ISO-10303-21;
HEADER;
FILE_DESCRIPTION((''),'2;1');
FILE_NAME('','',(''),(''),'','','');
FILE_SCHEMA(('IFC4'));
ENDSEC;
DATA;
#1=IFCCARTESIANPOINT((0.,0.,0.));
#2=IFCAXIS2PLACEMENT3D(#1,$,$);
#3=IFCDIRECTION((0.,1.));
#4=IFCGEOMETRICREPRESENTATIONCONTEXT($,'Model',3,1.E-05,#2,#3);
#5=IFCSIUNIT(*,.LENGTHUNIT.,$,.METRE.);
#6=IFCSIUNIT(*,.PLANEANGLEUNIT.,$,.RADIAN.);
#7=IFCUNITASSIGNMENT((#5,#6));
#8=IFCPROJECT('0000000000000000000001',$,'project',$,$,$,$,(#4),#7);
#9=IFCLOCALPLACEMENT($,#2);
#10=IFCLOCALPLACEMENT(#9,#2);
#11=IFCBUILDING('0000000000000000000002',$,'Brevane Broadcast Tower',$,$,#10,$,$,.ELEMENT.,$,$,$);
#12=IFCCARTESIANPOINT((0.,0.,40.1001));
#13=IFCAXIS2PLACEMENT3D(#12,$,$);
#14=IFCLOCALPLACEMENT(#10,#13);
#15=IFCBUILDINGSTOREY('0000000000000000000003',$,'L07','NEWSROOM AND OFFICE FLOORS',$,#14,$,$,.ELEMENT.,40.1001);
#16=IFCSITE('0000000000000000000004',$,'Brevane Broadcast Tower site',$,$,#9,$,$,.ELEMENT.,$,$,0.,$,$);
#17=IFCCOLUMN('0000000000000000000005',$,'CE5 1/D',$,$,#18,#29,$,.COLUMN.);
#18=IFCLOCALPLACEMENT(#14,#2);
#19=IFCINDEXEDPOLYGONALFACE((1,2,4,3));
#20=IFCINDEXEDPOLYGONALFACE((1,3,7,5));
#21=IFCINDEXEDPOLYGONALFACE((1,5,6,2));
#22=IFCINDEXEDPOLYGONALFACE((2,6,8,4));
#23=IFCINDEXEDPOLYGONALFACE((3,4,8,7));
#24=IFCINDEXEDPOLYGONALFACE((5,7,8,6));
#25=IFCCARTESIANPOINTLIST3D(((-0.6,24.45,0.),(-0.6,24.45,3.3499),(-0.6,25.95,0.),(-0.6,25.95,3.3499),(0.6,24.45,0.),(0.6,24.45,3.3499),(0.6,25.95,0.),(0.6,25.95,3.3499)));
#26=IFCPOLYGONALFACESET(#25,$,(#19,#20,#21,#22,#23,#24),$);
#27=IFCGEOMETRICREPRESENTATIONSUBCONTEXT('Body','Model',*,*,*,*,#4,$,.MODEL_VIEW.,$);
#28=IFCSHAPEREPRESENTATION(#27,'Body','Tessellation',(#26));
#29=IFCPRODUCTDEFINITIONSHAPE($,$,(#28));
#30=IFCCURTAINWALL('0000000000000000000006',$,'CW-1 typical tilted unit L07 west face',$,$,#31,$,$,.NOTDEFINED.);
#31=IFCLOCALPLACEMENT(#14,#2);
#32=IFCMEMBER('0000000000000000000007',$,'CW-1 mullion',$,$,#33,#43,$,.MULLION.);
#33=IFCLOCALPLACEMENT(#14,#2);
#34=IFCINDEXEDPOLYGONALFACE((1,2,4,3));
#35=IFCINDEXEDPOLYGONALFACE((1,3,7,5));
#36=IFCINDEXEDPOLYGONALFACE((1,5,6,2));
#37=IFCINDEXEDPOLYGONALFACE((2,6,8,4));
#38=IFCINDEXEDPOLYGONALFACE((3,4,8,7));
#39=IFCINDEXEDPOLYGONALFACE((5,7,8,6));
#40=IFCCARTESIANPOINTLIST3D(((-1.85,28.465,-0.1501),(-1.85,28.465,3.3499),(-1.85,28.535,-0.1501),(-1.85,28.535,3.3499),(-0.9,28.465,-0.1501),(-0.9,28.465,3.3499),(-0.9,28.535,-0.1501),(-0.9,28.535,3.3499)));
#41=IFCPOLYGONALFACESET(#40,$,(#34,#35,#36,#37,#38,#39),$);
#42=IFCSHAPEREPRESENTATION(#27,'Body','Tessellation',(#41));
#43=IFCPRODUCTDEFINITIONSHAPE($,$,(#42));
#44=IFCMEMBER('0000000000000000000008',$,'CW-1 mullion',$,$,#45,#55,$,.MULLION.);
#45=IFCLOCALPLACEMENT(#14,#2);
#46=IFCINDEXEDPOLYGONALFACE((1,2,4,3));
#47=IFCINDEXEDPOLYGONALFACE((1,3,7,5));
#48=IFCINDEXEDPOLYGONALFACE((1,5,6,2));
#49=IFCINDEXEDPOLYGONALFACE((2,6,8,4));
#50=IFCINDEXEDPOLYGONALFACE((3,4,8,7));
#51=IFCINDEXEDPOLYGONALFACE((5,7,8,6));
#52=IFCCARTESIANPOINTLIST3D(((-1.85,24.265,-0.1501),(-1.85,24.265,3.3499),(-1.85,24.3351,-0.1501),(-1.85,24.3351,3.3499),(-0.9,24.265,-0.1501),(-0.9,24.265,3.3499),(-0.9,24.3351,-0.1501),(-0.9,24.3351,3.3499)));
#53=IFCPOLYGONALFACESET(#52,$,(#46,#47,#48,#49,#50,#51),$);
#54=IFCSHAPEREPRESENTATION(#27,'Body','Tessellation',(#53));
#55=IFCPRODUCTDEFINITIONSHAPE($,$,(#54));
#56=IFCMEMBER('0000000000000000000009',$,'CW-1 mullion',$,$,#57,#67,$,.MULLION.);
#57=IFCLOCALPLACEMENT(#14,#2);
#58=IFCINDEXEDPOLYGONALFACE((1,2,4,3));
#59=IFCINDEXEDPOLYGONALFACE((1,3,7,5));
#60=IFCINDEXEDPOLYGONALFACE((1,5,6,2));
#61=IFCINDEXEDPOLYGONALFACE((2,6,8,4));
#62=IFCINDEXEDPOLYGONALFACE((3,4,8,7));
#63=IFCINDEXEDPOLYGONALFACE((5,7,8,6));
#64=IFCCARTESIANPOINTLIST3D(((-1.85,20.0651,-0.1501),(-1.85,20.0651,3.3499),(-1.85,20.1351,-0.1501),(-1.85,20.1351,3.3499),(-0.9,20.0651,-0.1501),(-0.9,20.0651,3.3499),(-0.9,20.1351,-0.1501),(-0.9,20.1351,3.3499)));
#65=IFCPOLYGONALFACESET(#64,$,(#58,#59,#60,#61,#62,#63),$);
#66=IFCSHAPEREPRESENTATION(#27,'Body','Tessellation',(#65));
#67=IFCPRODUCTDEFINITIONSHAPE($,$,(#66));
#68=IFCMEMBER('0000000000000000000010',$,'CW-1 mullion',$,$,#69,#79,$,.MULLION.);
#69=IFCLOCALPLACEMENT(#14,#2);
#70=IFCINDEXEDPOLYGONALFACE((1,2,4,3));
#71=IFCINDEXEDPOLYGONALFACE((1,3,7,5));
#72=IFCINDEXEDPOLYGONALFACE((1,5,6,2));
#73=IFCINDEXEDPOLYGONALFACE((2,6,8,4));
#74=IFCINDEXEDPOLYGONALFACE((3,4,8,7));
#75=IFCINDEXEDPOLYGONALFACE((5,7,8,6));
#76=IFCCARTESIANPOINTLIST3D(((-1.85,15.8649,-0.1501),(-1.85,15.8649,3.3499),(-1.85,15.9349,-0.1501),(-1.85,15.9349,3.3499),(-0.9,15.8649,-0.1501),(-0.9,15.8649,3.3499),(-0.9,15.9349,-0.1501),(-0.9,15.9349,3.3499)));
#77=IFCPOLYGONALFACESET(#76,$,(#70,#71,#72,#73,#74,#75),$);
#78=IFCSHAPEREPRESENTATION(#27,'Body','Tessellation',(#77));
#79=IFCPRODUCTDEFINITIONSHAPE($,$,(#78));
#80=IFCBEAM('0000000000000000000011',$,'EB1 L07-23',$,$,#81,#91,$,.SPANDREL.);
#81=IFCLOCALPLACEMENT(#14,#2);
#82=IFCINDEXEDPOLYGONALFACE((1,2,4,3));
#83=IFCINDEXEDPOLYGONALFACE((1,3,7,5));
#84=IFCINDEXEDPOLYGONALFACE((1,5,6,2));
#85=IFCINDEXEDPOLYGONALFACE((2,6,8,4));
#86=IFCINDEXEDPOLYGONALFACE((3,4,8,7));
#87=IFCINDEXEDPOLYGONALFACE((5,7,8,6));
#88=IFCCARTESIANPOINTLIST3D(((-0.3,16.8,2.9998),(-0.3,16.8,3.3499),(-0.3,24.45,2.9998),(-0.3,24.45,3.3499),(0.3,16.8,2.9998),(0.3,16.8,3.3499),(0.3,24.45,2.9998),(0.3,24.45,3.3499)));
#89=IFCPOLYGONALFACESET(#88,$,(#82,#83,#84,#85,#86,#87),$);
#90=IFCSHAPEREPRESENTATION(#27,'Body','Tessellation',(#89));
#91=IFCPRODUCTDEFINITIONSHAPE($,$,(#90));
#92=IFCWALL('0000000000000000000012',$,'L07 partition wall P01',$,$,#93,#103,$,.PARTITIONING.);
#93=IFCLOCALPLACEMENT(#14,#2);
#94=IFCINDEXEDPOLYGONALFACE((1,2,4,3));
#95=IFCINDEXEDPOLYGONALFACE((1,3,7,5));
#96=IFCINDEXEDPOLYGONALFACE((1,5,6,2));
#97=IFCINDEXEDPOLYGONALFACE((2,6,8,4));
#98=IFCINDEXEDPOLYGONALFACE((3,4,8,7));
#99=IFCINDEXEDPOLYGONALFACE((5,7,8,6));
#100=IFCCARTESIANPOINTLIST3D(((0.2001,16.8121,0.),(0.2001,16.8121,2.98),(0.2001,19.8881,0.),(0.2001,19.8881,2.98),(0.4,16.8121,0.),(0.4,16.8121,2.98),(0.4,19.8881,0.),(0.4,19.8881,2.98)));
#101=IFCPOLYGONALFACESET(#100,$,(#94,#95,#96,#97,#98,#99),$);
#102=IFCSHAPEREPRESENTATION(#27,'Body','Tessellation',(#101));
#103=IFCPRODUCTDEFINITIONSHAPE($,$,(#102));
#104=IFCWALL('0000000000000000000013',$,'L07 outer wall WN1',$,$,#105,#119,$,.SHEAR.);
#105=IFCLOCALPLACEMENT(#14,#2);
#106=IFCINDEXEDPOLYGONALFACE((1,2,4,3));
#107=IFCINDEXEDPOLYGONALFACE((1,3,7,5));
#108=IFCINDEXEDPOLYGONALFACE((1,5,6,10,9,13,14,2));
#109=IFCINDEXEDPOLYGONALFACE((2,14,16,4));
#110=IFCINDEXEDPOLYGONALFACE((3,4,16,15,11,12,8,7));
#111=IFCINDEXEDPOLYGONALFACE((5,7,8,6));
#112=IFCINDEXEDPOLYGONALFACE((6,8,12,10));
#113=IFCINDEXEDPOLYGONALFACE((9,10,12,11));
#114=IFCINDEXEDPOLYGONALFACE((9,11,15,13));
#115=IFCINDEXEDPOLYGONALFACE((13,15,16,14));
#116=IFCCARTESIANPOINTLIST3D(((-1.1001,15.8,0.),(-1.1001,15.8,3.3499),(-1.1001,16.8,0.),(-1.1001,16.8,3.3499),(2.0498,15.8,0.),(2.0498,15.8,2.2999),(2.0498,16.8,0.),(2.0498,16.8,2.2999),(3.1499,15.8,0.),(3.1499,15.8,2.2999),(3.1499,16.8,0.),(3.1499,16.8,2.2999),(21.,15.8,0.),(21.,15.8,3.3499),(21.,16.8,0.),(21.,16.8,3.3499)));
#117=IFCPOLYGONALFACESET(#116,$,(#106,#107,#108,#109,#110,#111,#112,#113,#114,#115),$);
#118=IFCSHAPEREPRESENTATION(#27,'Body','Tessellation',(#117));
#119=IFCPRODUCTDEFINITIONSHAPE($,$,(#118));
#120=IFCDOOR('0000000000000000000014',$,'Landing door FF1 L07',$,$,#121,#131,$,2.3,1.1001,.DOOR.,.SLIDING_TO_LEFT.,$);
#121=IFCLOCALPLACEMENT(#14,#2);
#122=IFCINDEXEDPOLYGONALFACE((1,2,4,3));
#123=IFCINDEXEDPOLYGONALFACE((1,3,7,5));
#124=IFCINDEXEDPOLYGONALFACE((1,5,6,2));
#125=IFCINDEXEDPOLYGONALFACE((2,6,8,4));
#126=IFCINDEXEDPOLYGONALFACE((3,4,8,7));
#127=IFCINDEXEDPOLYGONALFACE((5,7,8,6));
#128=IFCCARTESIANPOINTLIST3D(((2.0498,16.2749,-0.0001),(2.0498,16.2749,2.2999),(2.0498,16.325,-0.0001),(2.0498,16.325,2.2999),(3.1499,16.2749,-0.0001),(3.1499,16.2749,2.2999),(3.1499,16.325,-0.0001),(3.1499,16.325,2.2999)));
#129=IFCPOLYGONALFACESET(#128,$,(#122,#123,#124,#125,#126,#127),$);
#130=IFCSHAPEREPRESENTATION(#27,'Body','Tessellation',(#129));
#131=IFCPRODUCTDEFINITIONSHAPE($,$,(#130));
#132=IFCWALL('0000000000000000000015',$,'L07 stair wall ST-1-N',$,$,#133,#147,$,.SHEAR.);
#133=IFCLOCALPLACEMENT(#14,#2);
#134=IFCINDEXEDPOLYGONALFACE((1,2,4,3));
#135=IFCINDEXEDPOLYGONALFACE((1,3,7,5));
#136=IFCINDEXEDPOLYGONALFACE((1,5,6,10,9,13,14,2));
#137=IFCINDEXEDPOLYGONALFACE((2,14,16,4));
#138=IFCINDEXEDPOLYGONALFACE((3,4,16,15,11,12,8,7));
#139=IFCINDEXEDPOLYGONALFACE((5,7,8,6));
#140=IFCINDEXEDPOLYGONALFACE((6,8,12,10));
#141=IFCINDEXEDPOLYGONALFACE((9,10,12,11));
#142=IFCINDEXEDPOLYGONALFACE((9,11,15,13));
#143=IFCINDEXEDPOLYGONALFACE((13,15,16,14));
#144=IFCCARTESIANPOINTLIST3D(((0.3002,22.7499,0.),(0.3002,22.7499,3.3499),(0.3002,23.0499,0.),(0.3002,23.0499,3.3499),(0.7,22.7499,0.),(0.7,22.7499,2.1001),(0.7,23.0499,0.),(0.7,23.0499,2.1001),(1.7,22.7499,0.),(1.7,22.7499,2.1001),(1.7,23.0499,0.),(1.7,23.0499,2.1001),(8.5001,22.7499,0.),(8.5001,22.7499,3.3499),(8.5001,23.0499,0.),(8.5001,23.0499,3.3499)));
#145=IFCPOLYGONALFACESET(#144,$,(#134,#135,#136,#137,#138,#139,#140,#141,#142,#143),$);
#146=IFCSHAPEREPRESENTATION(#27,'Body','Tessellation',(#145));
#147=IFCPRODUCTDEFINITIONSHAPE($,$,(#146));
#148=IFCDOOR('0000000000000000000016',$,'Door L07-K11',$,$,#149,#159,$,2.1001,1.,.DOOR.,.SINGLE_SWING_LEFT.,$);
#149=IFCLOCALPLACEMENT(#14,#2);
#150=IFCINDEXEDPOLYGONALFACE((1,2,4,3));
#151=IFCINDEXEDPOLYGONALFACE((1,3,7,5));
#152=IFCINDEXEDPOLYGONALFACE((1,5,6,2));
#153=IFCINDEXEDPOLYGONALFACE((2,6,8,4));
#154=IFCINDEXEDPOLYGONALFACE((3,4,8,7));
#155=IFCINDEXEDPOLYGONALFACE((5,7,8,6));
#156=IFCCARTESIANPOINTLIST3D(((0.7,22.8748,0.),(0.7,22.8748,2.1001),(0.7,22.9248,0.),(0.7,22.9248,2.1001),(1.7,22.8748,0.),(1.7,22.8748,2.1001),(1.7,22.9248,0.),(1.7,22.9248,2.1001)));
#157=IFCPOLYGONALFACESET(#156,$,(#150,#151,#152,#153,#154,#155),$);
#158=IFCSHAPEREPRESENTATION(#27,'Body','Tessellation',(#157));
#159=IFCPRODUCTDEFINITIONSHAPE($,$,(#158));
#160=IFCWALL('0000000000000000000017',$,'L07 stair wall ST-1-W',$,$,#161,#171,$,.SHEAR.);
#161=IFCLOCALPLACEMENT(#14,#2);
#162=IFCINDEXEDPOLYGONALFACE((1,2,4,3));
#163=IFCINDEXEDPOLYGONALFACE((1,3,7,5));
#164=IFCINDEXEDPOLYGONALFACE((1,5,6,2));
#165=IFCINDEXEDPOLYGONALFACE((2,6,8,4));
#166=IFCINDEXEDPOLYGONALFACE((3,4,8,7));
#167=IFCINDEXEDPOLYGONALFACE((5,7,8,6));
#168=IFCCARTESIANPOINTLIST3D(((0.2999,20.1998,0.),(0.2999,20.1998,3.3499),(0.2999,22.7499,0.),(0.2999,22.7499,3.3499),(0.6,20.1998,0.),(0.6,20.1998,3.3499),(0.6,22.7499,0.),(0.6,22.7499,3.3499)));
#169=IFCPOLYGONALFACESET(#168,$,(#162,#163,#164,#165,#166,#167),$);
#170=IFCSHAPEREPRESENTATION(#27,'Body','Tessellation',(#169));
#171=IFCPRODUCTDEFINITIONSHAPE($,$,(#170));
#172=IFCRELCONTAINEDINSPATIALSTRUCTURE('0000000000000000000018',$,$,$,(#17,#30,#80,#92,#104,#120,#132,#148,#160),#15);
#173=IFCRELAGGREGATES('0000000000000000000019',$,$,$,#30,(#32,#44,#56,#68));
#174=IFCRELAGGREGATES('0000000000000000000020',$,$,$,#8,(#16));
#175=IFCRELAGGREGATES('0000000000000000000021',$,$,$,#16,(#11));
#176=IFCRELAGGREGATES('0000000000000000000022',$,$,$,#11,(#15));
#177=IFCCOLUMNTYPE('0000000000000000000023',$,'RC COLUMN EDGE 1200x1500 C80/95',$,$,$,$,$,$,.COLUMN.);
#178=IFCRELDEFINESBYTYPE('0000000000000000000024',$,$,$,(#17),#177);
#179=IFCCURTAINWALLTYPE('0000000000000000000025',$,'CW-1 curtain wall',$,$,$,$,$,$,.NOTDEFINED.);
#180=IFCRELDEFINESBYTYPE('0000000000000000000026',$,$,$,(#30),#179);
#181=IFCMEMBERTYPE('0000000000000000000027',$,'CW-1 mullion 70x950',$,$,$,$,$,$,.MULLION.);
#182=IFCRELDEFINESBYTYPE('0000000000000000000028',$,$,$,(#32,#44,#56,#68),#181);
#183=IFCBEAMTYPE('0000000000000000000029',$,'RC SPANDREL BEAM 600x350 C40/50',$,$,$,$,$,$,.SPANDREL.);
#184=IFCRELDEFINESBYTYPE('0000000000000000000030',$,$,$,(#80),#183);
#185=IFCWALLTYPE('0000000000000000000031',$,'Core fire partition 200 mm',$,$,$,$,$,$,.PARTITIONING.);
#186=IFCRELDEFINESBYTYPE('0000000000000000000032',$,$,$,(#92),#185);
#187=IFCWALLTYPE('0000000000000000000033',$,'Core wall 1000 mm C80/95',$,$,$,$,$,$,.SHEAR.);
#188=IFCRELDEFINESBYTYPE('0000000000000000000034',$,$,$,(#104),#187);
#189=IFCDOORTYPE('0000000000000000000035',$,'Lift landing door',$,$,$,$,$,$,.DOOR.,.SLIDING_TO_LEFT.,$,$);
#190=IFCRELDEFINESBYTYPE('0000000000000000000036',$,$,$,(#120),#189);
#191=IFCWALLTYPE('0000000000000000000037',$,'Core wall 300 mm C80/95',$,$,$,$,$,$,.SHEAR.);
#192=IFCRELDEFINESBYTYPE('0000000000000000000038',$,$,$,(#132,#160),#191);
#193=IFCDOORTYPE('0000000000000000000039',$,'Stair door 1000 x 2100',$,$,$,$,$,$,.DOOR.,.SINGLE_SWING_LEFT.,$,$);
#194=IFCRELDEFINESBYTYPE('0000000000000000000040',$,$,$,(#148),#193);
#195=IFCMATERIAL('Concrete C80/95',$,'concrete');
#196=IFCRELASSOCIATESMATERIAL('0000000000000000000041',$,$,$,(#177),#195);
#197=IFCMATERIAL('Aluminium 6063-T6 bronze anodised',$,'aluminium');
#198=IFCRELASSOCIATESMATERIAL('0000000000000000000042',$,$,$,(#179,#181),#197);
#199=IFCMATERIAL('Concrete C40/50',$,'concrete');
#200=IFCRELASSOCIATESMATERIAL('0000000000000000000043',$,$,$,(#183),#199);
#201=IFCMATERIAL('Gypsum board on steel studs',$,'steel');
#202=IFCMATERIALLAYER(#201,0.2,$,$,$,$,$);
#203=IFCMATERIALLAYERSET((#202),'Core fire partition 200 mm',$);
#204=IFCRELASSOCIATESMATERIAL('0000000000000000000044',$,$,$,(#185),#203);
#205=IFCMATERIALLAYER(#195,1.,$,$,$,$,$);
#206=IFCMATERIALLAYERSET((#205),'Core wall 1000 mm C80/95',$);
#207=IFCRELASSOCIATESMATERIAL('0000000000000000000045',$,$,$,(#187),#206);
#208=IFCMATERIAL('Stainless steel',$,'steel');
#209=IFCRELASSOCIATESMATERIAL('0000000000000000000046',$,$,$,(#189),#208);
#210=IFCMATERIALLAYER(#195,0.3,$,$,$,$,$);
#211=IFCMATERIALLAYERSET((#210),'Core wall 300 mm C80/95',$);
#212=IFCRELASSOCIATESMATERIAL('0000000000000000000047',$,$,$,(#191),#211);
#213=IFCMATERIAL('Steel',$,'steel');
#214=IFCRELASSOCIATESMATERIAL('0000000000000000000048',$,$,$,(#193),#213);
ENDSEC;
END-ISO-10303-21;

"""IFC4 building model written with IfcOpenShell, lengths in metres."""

from ifc_helpers import new_model, si_unit, direction, frame, frame_2d, origin, origin_2d, place, context, subcontext, project, spatial, rectangle, extrude, material, layer, layer_set, material_profile, profile_set, type_object, element, fill, aggregate, save


model = new_model("IFC4")

# Units and contexts
model_context = context("Model", 3, precision=1e-05, world=origin(), true_north=direction((0.0, 1.0)))
body_context = subcontext(model_context, "Body", "Model", "MODEL_VIEW")
ifc_project = project(units=[si_unit("LENGTHUNIT", "METRE"), si_unit("PLANEANGLEUNIT", "RADIAN")], contexts=[model_context])

# Site, building, storey
site_placement = place(None, origin())
site = spatial("IfcSite", under=ifc_project, at=site_placement, Name="Brevane Broadcast Tower site", CompositionType="ELEMENT", RefElevation=0.0)
building_placement = place(site_placement, origin())
building = spatial("IfcBuilding", under=site, at=building_placement, Name="Brevane Broadcast Tower", CompositionType="ELEMENT")
storey_placement = place(building_placement, frame((0.0, 0.0, 40.1001)))
storey = spatial("IfcBuildingStorey", under=building, at=storey_placement, Name="L07", Description="NEWSROOM AND OFFICE FLOORS", CompositionType="ELEMENT", Elevation=40.1001)

# Column
ifc_material_1 = material(Name="Concrete C80/95", Category="concrete")
ifc_material_profile_1 = material_profile(ifc_material_1, rectangle(XDim=1.2, YDim=1.5, at=origin_2d()), Name="RC 1200x1500")
ifc_profile_set_1 = profile_set([ifc_material_profile_1], Name="Concrete C80/95")
column_type = type_object("IfcColumnType", Name="RC COLUMN EDGE 1200x1500 C80/95", PredefinedType="COLUMN", material=ifc_profile_set_1)
column_placement = place(storey_placement, frame((0.0, 25.2, 0.0), z_axis=(0.0, 0.0, 1.0), x_axis=(1.0, 0.0, 0.0)))
element("IfcColumn", 1, at=column_placement, inside=storey, type_object=column_type, Name="CE5 1/D", PredefinedType="COLUMN", context=body_context, shape_type="SweptSolid", body=[
    extrude(rectangle(XDim=1.2, YDim=1.5, at=origin_2d()), origin(), (0.0, 0.0, 1.0), 3.3499),
])

# Curtain wall, members
ifc_material_2 = material(Name="Aluminium 6063-T6 bronze anodised", Category="aluminium")
curtain_wall_type = type_object("IfcCurtainWallType", Name="CW-1 curtain wall", PredefinedType="NOTDEFINED", material=ifc_material_2)
curtain_wall_placement = place(storey_placement, origin())
curtain_wall = element("IfcCurtainWall", 2, at=curtain_wall_placement, inside=storey, type_object=curtain_wall_type, Name="CW-1 typical tilted unit L07 west face", PredefinedType="NOTDEFINED")
ifc_material_profile_2 = material_profile(ifc_material_2, rectangle(XDim=0.95, YDim=0.0701, at=origin_2d()), Name="RECT 70x950")
ifc_profile_set_2 = profile_set([ifc_material_profile_2], Name="Aluminium 6063-T6 bronze anodised")
member_type = type_object("IfcMemberType", Name="CW-1 mullion 70x950", PredefinedType="MULLION", material=ifc_profile_set_2)
member_1_placement = place(storey_placement, frame((-1.375, 28.5, -0.1501), z_axis=(0.0, 0.0, 1.0), x_axis=(1.0, 0.0, 0.0)))
member_1 = element("IfcMember", 3, at=member_1_placement, type_object=member_type, Name="CW-1 mullion", PredefinedType="MULLION", context=body_context, shape_type="SweptSolid", body=[
    extrude(rectangle(XDim=0.95, YDim=0.0701, at=origin_2d()), origin(), (0.0, 0.0, 1.0), 3.5),
])
member_2_placement = place(storey_placement, frame((-1.375, 24.3, -0.1501), z_axis=(0.0, 0.0, 1.0), x_axis=(1.0, 0.0, 0.0)))
member_2 = element("IfcMember", 4, at=member_2_placement, type_object=member_type, Name="CW-1 mullion", PredefinedType="MULLION", context=body_context, shape_type="SweptSolid", body=[
    extrude(rectangle(XDim=0.95, YDim=0.0701, at=origin_2d()), origin(), (0.0, 0.0, 1.0), 3.5),
])
member_3_placement = place(storey_placement, frame((-1.375, 20.1001, -0.1501), z_axis=(0.0, 0.0, 1.0), x_axis=(1.0, 0.0, 0.0)))
member_3 = element("IfcMember", 5, at=member_3_placement, type_object=member_type, Name="CW-1 mullion", PredefinedType="MULLION", context=body_context, shape_type="SweptSolid", body=[
    extrude(rectangle(XDim=0.95, YDim=0.0701, at=origin_2d()), origin(), (0.0, 0.0, 1.0), 3.5),
])
member_4_placement = place(storey_placement, frame((-1.375, 15.8999, -0.1501), z_axis=(0.0, 0.0, 1.0), x_axis=(1.0, 0.0, 0.0)))
member_4 = element("IfcMember", 6, at=member_4_placement, type_object=member_type, Name="CW-1 mullion", PredefinedType="MULLION", context=body_context, shape_type="SweptSolid", body=[
    extrude(rectangle(XDim=0.95, YDim=0.0701, at=origin_2d()), origin(), (0.0, 0.0, 1.0), 3.5),
])
aggregate(curtain_wall, [member_1, member_2, member_3, member_4])

# Beam
ifc_material_3 = material(Name="Concrete C40/50", Category="concrete")
ifc_material_profile_3 = material_profile(ifc_material_3, rectangle(XDim=0.6001, YDim=0.3501, at=origin_2d()), Name="RC 600x350")
ifc_profile_set_3 = profile_set([ifc_material_profile_3], Name="Concrete C40/50")
beam_type = type_object("IfcBeamType", Name="RC SPANDREL BEAM 600x350 C40/50", PredefinedType="SPANDREL", material=ifc_profile_set_3)
beam_placement = place(storey_placement, frame((0.0, 24.45, 3.1748), z_axis=(0.0, -1.0, 0.0), x_axis=(1.0, 0.0, 0.0)))
element("IfcBeam", 7, at=beam_placement, inside=storey, type_object=beam_type, Name="EB1 L07-23", PredefinedType="SPANDREL", context=body_context, shape_type="SweptSolid", body=[
    extrude(rectangle(XDim=0.6001, YDim=0.3501, at=origin_2d()), origin(), (0.0, 0.0, 1.0), 7.6499),
])

# Wall
ifc_material_4 = material(Name="Gypsum board on steel studs", Category="steel")
ifc_layer_1 = layer(ifc_material_4, 0.2)
ifc_layer_set_1 = layer_set([ifc_layer_1], Name="Core fire partition 200 mm")
wall_type_1 = type_object("IfcWallType", Name="Core fire partition 200 mm", PredefinedType="PARTITIONING", material=ifc_layer_set_1)
wall_1_placement = place(storey_placement, frame((0.3, 16.812, 0.0), z_axis=(0.0, 0.0, 1.0), x_axis=(0.0, 1.0, 0.0)))
element("IfcWall", 8, at=wall_1_placement, inside=storey, type_object=wall_type_1, Name="L07 partition wall P01", PredefinedType="PARTITIONING", context=body_context, shape_type="SweptSolid", body=[
    extrude(rectangle(XDim=3.0759, YDim=0.2, at=frame_2d((1.5381, 0.0))), origin(), (0.0, 0.0, 1.0), 2.98),
])

# Walls, openings, doors
ifc_layer_2 = layer(ifc_material_1, 1.0)
ifc_layer_set_2 = layer_set([ifc_layer_2], Name="Core wall 1000 mm C80/95")
wall_type_2 = type_object("IfcWallType", Name="Core wall 1000 mm C80/95", PredefinedType="SHEAR", material=ifc_layer_set_2)
wall_2_placement = place(storey_placement, frame((-1.1001, 16.3, 0.0), z_axis=(0.0, 0.0, 1.0), x_axis=(1.0, 0.0, 0.0)))
wall_2 = element("IfcWall", 9, at=wall_2_placement, inside=storey, type_object=wall_type_2, Name="L07 outer wall WN1", PredefinedType="SHEAR", context=body_context, shape_type="SweptSolid", body=[
    extrude(rectangle(XDim=22.1001, YDim=1.0, at=frame_2d((11.05, 0.0))), origin(), (0.0, 0.0, 1.0), 3.3499),
])
opening_1_placement = place(wall_2_placement, frame((3.1499, 0.0, 0.0)))
opening_1 = element("IfcOpeningElement", 10, at=opening_1_placement, cuts=wall_2, PredefinedType="OPENING", context=body_context, shape_type="SweptSolid", body=[
    extrude(rectangle(XDim=1.1001, YDim=2.3, at=frame_2d((0.55, 1.1499))), frame((0.0, 0.51, 0.0), z_axis=(0.0, -1.0, 0.0), x_axis=(1.0, 0.0, 0.0)), (0.0, 0.0, 1.0), 1.02),
])
ifc_material_5 = material(Name="Stainless steel", Category="steel")
door_type_1 = type_object("IfcDoorType", Name="Lift landing door", OperationType="SLIDING_TO_LEFT", PredefinedType="DOOR", material=ifc_material_5)
door_1_placement = place(opening_1_placement, origin())
door_1 = element("IfcDoor", 11, at=door_1_placement, inside=storey, type_object=door_type_1, Name="Landing door FF1 L07", OperationType="SLIDING_TO_LEFT", OverallHeight=2.3, OverallWidth=1.1001, PredefinedType="DOOR", context=body_context, shape_type="SweptSolid", body=[
    extrude(rectangle(XDim=1.1001, YDim=2.3, at=frame_2d((0.55, 1.1499))), frame((0.0, 0.0249, 0.0), z_axis=(0.0, -1.0, 0.0), x_axis=(1.0, 0.0, 0.0)), (0.0, 0.0, 1.0), 0.05),
])
fill(opening_1, door_1)
ifc_layer_3 = layer(ifc_material_1, 0.3)
ifc_layer_set_3 = layer_set([ifc_layer_3], Name="Core wall 300 mm C80/95")
wall_type_3 = type_object("IfcWallType", Name="Core wall 300 mm C80/95", PredefinedType="SHEAR", material=ifc_layer_set_3)
wall_3_placement = place(storey_placement, frame((0.3, 22.8999, 0.0), z_axis=(0.0, 0.0, 1.0), x_axis=(1.0, 0.0, 0.0)))
wall_3 = element("IfcWall", 12, at=wall_3_placement, inside=storey, type_object=wall_type_3, Name="L07 stair wall ST-1-N", PredefinedType="SHEAR", context=body_context, shape_type="SweptSolid", body=[
    extrude(rectangle(XDim=8.2, YDim=0.3, at=frame_2d((4.1001, 0.0))), origin(), (0.0, 0.0, 1.0), 3.3499),
])
opening_2_placement = place(wall_3_placement, frame((0.3999, 0.0, 0.0)))
opening_2 = element("IfcOpeningElement", 13, at=opening_2_placement, cuts=wall_3, PredefinedType="OPENING", context=body_context, shape_type="SweptSolid", body=[
    extrude(rectangle(XDim=1.0, YDim=2.1001, at=frame_2d((0.5, 1.05))), frame((0.0, 0.1599, 0.0), z_axis=(0.0, -1.0, 0.0), x_axis=(1.0, 0.0, 0.0)), (0.0, 0.0, 1.0), 0.3201),
])
ifc_material_6 = material(Name="Steel", Category="steel")
door_type_2 = type_object("IfcDoorType", Name="Stair door 1000 x 2100", OperationType="SINGLE_SWING_LEFT", PredefinedType="DOOR", material=ifc_material_6)
door_2_placement = place(opening_2_placement, origin())
door_2 = element("IfcDoor", 14, at=door_2_placement, inside=storey, type_object=door_type_2, Name="Door L07-K11", OperationType="SINGLE_SWING_LEFT", OverallHeight=2.1001, OverallWidth=1.0, PredefinedType="DOOR", context=body_context, shape_type="SweptSolid", body=[
    extrude(rectangle(XDim=1.0, YDim=2.1001, at=frame_2d((0.5, 1.05))), frame((0.0, 0.0249, 0.0), z_axis=(0.0, -1.0, 0.0), x_axis=(1.0, 0.0, 0.0)), (0.0, 0.0, 1.0), 0.05),
])
fill(opening_2, door_2)

# Wall
wall_4_placement = place(storey_placement, frame((0.45, 20.2, 0.0), z_axis=(0.0, 0.0, 1.0), x_axis=(0.0, 1.0, 0.0)))
element("IfcWall", 15, at=wall_4_placement, inside=storey, type_object=wall_type_3, Name="L07 stair wall ST-1-W", PredefinedType="SHEAR", context=body_context, shape_type="SweptSolid", body=[
    extrude(rectangle(XDim=2.55, YDim=0.3, at=frame_2d((1.2749, 0.0))), origin(), (0.0, 0.0, 1.0), 3.3499),
])

save(model, "model.ifc")
